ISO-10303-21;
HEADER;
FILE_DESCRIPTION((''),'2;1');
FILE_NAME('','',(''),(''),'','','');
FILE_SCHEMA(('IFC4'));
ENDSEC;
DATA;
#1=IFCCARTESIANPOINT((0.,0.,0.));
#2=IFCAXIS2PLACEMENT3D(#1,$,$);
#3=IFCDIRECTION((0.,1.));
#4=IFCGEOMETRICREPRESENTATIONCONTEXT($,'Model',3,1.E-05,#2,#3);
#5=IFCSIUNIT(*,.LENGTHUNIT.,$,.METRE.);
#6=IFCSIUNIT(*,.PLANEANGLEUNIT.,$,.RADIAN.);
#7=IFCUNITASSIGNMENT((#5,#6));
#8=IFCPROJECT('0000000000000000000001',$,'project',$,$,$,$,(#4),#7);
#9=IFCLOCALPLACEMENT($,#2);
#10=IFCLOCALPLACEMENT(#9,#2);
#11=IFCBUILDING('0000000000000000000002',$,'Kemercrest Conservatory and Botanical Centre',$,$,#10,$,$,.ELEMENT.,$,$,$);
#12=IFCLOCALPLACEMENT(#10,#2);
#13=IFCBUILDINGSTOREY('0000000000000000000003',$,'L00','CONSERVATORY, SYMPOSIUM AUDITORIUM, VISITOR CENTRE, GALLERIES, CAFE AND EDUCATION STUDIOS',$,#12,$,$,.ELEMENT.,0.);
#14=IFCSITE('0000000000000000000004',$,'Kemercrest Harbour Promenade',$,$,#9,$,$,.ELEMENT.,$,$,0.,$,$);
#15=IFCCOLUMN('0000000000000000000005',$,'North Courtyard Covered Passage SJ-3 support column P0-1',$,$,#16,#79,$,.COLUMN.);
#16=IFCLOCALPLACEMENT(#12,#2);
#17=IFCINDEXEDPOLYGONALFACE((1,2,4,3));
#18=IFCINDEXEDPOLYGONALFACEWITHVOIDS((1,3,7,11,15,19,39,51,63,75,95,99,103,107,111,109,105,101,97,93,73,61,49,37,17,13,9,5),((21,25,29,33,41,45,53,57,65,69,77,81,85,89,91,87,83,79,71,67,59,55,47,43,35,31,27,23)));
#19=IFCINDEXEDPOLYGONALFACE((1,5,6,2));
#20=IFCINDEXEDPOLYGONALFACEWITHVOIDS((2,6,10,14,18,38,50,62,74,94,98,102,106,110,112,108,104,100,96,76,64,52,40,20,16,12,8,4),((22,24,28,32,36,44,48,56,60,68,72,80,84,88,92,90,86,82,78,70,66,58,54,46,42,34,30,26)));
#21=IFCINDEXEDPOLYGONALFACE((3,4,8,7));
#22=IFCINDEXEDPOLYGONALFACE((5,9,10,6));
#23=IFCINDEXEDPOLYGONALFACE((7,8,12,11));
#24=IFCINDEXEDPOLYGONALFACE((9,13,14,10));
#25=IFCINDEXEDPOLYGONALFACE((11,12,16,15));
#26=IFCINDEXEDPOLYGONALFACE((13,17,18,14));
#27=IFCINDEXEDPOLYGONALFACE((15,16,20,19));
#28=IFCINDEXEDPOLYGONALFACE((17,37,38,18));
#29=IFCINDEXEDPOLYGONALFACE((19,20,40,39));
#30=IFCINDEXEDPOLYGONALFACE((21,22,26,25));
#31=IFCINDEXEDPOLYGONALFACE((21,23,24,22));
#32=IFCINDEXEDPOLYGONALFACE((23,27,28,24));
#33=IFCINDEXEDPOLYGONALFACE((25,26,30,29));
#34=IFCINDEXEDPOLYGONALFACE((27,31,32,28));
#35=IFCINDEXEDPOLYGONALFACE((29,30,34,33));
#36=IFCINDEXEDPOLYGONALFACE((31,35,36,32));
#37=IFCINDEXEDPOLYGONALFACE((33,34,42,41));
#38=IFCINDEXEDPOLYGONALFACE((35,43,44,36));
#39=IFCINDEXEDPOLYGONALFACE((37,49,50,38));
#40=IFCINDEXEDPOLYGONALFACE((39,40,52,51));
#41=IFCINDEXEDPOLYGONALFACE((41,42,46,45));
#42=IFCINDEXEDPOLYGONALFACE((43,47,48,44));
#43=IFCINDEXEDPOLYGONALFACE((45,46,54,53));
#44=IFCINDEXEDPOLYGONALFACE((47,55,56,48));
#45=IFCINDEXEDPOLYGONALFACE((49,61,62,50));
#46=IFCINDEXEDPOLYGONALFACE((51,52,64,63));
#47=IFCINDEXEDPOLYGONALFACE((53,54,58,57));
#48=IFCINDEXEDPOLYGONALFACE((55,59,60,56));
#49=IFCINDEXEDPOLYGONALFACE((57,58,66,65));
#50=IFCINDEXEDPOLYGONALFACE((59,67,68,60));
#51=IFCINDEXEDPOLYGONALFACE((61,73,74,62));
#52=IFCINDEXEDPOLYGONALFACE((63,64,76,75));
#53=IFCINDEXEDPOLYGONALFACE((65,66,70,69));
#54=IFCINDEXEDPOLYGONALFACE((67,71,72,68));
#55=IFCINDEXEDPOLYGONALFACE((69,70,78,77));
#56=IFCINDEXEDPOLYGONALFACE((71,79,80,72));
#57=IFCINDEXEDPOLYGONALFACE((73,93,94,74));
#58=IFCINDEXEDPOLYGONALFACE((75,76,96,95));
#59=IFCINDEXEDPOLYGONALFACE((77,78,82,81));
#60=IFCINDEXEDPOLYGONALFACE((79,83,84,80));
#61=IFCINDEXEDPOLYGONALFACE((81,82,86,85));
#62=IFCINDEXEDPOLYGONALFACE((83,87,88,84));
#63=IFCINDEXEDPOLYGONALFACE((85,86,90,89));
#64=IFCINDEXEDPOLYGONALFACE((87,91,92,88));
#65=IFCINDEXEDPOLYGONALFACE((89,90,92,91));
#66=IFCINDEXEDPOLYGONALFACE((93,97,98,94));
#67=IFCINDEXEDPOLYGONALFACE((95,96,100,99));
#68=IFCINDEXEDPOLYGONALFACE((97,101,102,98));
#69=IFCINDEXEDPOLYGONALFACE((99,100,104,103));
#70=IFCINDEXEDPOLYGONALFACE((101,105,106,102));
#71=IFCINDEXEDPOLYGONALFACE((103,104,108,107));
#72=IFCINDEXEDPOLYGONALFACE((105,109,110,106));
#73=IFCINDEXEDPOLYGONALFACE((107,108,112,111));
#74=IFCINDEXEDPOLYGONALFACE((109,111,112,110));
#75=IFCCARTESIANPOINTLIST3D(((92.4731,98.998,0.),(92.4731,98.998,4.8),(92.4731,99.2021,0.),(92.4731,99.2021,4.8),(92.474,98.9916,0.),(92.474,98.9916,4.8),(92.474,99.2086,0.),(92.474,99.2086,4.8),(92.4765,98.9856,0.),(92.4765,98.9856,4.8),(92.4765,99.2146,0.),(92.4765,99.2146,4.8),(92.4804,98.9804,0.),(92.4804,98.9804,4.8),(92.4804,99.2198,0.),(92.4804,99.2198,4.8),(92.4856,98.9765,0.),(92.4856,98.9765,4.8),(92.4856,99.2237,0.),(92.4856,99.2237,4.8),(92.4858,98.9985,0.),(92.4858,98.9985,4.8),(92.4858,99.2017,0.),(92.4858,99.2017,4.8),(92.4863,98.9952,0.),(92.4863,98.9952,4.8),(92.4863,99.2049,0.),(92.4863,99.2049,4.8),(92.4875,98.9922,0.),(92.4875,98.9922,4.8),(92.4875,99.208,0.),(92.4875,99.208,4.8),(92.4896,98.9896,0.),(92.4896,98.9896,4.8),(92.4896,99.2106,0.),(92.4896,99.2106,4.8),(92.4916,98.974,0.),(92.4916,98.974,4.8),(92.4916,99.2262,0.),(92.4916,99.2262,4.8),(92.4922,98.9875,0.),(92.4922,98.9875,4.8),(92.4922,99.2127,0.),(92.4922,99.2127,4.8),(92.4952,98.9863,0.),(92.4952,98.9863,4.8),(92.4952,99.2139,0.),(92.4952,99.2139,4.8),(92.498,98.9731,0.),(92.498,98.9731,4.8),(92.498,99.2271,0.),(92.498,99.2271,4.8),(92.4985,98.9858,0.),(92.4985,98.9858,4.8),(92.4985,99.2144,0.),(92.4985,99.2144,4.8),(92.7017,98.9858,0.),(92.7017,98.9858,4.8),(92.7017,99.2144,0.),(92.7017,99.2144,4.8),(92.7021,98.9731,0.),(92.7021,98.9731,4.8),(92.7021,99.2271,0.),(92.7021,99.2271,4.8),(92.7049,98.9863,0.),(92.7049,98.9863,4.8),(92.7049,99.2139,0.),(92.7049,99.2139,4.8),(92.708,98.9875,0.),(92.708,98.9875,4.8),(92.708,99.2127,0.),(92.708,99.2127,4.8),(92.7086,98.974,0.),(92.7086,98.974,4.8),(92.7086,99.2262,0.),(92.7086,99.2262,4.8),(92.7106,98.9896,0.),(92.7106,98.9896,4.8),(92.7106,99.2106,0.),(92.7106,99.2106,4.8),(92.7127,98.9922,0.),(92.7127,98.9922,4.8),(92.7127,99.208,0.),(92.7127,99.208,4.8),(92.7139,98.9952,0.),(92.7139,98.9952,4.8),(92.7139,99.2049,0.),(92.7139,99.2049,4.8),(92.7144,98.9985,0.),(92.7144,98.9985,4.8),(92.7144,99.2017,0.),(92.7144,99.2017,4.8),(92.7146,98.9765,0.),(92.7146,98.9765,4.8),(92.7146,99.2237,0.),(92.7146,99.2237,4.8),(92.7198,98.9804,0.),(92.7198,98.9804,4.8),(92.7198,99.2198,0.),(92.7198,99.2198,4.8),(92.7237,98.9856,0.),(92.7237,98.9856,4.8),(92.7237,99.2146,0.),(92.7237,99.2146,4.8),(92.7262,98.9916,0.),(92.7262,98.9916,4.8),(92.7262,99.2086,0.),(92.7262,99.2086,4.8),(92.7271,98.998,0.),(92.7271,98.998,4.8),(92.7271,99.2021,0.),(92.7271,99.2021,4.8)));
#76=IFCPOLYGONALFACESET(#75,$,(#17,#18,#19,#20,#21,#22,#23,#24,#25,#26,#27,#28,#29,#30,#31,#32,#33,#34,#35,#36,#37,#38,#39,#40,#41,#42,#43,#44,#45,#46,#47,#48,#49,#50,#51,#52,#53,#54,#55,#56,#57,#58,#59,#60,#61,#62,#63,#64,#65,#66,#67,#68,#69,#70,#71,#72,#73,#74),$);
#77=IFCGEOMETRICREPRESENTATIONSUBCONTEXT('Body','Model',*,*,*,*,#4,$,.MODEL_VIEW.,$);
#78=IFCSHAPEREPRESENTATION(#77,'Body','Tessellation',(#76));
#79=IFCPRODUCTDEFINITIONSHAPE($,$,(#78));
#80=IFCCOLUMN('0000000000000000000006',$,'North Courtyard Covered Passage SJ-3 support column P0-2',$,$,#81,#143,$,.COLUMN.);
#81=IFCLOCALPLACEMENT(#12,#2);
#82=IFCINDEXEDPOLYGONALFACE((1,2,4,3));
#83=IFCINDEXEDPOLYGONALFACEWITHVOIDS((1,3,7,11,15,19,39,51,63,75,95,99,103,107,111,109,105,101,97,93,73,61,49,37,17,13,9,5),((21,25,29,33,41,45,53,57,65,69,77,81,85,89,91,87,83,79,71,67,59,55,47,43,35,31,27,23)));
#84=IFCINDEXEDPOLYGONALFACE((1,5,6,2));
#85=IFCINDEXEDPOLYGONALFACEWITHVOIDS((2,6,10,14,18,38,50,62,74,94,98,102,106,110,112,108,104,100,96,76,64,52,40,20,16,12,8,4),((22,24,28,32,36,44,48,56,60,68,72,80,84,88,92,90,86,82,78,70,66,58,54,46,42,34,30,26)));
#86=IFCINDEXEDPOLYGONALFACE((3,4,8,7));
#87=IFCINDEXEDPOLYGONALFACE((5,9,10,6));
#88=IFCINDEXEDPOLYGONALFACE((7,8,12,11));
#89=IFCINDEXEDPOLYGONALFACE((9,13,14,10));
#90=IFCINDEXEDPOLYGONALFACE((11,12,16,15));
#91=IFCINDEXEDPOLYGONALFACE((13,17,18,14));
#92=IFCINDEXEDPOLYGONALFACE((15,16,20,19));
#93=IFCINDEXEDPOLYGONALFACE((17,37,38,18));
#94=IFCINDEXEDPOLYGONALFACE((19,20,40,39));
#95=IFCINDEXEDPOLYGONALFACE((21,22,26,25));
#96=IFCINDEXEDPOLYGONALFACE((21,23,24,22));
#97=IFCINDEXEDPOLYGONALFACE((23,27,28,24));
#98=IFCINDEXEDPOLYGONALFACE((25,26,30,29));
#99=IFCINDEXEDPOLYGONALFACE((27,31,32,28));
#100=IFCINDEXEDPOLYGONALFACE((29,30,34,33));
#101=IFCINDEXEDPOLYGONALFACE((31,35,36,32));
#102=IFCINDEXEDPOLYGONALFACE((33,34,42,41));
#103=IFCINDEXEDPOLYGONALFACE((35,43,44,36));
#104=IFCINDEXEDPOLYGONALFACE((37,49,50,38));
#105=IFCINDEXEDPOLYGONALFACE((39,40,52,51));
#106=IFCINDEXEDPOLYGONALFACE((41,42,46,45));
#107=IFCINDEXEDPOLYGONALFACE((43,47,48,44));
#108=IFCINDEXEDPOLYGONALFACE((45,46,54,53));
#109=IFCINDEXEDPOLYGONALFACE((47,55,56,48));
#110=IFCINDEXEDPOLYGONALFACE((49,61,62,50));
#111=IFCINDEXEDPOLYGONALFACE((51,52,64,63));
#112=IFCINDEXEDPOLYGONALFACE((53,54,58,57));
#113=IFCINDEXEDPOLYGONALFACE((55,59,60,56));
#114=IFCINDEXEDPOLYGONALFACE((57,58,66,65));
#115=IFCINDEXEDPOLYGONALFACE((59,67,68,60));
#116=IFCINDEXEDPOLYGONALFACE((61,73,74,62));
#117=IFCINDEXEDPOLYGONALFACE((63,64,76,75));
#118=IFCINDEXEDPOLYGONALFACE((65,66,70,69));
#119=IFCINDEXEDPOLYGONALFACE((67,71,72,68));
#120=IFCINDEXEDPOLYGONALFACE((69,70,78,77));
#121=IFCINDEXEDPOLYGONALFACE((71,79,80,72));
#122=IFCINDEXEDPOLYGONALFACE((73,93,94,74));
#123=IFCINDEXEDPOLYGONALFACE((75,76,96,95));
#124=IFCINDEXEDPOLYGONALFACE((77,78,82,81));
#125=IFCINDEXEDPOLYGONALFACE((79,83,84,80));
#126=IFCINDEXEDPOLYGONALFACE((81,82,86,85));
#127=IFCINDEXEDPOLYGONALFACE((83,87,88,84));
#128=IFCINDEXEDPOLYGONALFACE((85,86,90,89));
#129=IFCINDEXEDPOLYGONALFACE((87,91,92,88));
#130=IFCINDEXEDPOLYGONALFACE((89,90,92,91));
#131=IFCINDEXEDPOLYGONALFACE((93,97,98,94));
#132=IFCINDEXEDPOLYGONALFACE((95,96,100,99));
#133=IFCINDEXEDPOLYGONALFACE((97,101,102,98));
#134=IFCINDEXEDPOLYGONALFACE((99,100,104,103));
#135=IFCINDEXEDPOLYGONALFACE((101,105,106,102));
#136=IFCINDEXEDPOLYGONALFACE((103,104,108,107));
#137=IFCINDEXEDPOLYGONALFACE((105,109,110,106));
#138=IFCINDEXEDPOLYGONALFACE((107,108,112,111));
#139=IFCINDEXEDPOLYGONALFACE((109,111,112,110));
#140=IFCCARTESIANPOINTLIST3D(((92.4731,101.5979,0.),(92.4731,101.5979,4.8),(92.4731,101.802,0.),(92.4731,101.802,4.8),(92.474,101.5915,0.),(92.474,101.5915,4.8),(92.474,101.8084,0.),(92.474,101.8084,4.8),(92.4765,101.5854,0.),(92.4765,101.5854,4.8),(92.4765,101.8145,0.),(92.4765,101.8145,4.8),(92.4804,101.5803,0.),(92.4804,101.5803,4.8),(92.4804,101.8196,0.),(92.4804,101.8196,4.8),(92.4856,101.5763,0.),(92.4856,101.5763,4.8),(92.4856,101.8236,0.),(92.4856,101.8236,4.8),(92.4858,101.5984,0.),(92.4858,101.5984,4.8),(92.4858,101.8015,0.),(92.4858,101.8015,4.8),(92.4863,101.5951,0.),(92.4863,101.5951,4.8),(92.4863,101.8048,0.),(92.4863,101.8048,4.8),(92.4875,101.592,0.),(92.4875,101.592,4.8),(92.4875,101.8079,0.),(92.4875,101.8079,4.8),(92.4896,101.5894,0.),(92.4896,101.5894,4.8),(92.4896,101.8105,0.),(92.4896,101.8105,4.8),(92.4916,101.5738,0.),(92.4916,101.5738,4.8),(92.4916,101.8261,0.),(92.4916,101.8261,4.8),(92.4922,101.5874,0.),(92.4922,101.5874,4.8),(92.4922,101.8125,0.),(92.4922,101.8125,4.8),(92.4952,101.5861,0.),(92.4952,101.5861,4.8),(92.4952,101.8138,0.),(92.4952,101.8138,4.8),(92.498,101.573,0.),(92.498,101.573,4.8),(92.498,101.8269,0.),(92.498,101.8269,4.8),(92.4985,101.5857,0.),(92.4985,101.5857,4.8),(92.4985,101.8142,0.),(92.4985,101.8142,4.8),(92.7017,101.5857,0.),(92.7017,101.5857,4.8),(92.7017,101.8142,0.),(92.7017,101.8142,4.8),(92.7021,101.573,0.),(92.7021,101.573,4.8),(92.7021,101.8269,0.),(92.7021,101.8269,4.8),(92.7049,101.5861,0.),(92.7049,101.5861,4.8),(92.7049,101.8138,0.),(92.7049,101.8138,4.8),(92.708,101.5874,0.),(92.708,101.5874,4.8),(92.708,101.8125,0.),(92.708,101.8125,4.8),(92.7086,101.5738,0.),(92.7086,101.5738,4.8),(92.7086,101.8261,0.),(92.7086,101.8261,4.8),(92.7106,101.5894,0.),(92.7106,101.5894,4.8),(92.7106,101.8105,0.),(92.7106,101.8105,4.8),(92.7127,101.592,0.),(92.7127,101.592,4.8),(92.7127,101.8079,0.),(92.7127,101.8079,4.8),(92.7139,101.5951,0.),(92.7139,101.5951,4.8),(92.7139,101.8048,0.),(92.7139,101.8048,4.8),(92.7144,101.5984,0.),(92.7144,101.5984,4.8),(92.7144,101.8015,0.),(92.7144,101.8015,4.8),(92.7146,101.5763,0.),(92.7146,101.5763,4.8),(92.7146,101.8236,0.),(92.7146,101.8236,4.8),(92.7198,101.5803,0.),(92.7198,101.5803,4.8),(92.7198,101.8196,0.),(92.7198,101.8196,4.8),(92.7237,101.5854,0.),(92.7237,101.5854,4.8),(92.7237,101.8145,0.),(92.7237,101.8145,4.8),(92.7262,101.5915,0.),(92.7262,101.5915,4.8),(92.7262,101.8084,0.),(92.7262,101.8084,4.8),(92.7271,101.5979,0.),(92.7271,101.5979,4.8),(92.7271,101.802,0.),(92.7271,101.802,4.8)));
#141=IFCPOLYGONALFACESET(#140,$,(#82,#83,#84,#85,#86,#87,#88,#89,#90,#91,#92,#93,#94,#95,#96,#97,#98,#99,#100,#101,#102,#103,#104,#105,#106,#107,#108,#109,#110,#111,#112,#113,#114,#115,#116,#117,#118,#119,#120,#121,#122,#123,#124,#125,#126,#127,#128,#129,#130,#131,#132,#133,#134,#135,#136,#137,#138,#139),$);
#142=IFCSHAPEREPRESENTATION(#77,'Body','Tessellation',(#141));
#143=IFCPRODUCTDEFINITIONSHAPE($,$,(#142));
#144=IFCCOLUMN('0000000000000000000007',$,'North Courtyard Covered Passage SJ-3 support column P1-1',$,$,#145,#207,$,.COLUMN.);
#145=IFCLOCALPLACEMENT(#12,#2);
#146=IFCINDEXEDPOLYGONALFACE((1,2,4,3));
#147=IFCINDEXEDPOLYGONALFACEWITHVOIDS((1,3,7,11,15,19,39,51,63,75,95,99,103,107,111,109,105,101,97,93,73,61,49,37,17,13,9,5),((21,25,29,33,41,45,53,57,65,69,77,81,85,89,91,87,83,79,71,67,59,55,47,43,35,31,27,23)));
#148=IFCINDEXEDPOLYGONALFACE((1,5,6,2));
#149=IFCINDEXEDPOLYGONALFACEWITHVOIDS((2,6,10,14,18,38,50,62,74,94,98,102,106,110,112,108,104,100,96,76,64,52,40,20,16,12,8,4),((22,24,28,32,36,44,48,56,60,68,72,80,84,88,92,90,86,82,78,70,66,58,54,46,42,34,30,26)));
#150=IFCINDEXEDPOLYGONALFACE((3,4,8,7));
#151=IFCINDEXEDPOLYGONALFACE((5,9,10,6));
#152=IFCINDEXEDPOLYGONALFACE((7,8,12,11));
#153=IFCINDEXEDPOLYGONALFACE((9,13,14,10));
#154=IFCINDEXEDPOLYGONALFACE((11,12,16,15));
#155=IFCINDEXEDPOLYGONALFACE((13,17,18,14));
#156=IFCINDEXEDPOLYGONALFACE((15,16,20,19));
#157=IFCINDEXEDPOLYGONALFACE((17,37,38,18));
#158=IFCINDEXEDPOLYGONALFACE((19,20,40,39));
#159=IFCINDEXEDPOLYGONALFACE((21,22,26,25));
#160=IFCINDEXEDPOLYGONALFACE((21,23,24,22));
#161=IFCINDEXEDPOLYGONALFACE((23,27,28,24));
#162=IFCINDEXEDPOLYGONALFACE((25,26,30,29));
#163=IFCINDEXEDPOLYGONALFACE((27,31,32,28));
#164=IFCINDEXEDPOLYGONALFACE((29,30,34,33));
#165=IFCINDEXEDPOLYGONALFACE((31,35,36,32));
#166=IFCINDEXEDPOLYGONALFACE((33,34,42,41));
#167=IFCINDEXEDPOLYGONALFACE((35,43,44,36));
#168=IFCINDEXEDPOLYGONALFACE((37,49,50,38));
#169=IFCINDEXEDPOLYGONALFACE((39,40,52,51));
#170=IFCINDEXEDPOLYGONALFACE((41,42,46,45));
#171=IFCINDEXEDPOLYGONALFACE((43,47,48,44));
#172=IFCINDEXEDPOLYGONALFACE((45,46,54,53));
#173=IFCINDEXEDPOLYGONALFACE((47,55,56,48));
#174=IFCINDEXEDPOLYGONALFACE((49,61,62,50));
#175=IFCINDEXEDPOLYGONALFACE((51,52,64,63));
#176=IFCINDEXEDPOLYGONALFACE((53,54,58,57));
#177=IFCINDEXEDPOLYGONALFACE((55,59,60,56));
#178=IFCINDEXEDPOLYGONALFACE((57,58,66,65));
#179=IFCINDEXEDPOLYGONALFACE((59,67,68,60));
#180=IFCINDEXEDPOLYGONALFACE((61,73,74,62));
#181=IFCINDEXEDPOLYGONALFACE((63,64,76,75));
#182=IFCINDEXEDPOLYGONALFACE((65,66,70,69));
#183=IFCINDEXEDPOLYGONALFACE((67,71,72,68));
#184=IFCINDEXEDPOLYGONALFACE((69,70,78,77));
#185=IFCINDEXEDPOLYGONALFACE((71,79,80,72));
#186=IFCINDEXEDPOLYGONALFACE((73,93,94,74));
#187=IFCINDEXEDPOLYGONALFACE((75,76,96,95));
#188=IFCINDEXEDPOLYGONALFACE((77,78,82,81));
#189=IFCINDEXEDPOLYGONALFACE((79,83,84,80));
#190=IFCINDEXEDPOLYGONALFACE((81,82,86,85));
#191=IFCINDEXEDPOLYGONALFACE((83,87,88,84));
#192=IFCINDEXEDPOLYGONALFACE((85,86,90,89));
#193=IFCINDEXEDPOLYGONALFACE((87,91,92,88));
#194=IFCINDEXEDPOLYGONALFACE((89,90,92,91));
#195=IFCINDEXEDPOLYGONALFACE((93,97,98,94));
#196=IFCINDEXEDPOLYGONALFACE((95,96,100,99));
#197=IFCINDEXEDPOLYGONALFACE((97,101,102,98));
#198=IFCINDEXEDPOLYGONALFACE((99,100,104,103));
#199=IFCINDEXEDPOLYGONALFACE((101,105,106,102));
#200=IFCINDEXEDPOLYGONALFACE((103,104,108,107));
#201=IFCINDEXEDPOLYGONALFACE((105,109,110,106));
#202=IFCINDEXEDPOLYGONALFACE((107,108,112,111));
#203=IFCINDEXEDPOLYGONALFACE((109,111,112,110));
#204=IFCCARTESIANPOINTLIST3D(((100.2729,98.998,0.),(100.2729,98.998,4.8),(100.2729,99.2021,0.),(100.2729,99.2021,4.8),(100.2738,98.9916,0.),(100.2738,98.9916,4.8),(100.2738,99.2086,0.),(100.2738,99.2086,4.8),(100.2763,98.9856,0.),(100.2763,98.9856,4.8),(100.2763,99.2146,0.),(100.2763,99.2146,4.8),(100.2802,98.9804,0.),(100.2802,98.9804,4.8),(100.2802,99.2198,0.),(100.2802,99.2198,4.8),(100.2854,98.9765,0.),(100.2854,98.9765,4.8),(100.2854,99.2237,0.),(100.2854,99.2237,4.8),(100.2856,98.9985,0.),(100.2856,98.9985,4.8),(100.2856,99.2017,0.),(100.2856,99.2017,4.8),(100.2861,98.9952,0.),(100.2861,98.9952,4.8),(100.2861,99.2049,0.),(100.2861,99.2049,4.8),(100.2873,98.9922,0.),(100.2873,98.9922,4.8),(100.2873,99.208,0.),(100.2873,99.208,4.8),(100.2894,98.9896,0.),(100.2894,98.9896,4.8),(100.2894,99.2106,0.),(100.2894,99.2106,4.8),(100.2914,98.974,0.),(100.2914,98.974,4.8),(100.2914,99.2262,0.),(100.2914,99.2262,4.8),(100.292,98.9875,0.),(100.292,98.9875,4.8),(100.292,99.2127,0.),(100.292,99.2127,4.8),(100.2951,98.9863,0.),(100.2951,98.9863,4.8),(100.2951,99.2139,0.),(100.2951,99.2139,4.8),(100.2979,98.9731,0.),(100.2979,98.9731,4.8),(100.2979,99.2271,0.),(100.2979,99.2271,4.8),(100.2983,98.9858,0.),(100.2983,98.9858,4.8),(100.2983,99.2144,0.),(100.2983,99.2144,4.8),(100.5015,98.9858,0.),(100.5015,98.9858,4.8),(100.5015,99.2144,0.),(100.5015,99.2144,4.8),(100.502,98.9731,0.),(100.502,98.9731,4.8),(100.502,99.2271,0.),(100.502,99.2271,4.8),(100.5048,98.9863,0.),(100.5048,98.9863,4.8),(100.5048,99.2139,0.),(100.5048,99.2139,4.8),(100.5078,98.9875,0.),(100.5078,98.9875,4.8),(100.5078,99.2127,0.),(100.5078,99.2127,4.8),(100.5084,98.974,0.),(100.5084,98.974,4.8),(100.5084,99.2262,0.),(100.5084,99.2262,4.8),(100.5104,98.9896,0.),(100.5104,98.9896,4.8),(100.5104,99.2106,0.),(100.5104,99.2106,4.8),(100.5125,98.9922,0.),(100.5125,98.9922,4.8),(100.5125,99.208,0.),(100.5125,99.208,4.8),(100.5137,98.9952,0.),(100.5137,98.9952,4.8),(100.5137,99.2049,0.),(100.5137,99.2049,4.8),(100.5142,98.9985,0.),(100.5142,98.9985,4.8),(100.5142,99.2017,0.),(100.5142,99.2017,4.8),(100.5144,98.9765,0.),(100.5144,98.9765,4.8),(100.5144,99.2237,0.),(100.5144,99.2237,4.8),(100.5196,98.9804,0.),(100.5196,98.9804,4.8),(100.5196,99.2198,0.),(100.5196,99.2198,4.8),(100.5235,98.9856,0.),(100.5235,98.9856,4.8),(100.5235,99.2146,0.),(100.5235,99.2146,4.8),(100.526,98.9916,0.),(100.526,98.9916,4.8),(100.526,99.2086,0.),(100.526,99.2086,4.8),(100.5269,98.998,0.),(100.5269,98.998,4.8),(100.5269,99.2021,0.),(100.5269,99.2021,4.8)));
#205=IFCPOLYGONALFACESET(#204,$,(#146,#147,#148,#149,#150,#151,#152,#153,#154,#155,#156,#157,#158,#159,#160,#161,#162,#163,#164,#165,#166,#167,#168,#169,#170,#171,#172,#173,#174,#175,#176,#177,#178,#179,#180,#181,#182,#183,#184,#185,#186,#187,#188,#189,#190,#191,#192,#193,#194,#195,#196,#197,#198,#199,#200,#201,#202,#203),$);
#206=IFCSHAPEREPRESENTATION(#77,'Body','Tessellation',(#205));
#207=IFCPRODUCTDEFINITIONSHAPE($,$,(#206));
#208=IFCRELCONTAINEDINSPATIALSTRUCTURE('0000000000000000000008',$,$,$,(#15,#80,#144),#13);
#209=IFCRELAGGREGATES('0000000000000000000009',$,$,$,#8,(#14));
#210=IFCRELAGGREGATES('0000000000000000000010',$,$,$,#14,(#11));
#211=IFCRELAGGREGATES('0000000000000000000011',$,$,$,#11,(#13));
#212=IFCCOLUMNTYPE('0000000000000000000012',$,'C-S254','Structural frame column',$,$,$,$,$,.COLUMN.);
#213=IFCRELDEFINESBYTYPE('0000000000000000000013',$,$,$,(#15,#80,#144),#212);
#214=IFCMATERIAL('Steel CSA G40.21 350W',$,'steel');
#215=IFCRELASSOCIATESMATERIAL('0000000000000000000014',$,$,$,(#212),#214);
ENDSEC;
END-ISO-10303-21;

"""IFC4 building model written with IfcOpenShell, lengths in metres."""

from ifc_helpers import new_model, si_unit, direction, frame, origin, origin_2d, place, context, subcontext, project, spatial, hollow_rectangle, extrude, material, material_profile, profile_set, type_object, element, save


model = new_model("IFC4")

# Units and contexts
model_context = context("Model", 3, precision=1e-05, world=origin(), true_north=direction((0.0, 1.0)))
body_context = subcontext(model_context, "Body", "Model", "MODEL_VIEW")
ifc_project = project(units=[si_unit("LENGTHUNIT", "METRE"), si_unit("PLANEANGLEUNIT", "RADIAN")], contexts=[model_context])

# Site, building, storey
site_placement = place(None, origin())
site = spatial("IfcSite", under=ifc_project, at=site_placement, Name="Kemercrest Harbour Promenade", CompositionType="ELEMENT", RefElevation=0.0)
building_placement = place(site_placement, origin())
building = spatial("IfcBuilding", under=site, at=building_placement, Name="Kemercrest Conservatory and Botanical Centre", CompositionType="ELEMENT")
storey_placement = place(building_placement, origin())
storey = spatial("IfcBuildingStorey", under=building, at=storey_placement, Name="L00", Description="CONSERVATORY, SYMPOSIUM AUDITORIUM, VISITOR CENTRE, GALLERIES, CAFE AND EDUCATION STUDIOS", CompositionType="ELEMENT", Elevation=0.0)

# Columns
ifc_material_1 = material(Name="Steel CSA G40.21 350W", Category="steel")
ifc_material_profile_1 = material_profile(ifc_material_1, hollow_rectangle(XDim=0.2539, YDim=0.2539, WallThickness=0.0127, InnerFilletRadius=0.0127, OuterFilletRadius=0.0249, at=origin_2d()), Name="HSS 254x254x12.7")
ifc_profile_set_1 = profile_set([ifc_material_profile_1], Name="Steel CSA G40.21 350W")
column_type = type_object("IfcColumnType", Name="C-S254", Description="Structural frame column", PredefinedType="COLUMN", material=ifc_profile_set_1)
for number, where, z_axis, x_axis, name in (
    (1, (92.6001, 99.1001, 0.0), (0.0, 0.0, 1.0), (1.0, 0.0, 0.0), "North Courtyard Covered Passage SJ-3 support column P0-1"),
    (2, (92.6001, 101.7, 0.0), (0.0, 0.0, 1.0), (1.0, 0.0, 0.0), "North Courtyard Covered Passage SJ-3 support column P0-2"),
    (3, (100.3999, 99.1001, 0.0), (0.0, 0.0, 1.0), (1.0, 0.0, 0.0), "North Courtyard Covered Passage SJ-3 support column P1-1"),
):
    element("IfcColumn", number, at=place(storey_placement, frame(where, z_axis=z_axis, x_axis=x_axis)), inside=storey, type_object=column_type, Name=name, PredefinedType="COLUMN", context=body_context, shape_type="SweptSolid", body=[
        extrude(hollow_rectangle(XDim=0.2539, YDim=0.2539, WallThickness=0.0127, InnerFilletRadius=0.0127, OuterFilletRadius=0.0249, at=origin_2d()), origin(), (0.0, 0.0, 1.0), 4.8),
    ])

save(model, "model.ifc")
